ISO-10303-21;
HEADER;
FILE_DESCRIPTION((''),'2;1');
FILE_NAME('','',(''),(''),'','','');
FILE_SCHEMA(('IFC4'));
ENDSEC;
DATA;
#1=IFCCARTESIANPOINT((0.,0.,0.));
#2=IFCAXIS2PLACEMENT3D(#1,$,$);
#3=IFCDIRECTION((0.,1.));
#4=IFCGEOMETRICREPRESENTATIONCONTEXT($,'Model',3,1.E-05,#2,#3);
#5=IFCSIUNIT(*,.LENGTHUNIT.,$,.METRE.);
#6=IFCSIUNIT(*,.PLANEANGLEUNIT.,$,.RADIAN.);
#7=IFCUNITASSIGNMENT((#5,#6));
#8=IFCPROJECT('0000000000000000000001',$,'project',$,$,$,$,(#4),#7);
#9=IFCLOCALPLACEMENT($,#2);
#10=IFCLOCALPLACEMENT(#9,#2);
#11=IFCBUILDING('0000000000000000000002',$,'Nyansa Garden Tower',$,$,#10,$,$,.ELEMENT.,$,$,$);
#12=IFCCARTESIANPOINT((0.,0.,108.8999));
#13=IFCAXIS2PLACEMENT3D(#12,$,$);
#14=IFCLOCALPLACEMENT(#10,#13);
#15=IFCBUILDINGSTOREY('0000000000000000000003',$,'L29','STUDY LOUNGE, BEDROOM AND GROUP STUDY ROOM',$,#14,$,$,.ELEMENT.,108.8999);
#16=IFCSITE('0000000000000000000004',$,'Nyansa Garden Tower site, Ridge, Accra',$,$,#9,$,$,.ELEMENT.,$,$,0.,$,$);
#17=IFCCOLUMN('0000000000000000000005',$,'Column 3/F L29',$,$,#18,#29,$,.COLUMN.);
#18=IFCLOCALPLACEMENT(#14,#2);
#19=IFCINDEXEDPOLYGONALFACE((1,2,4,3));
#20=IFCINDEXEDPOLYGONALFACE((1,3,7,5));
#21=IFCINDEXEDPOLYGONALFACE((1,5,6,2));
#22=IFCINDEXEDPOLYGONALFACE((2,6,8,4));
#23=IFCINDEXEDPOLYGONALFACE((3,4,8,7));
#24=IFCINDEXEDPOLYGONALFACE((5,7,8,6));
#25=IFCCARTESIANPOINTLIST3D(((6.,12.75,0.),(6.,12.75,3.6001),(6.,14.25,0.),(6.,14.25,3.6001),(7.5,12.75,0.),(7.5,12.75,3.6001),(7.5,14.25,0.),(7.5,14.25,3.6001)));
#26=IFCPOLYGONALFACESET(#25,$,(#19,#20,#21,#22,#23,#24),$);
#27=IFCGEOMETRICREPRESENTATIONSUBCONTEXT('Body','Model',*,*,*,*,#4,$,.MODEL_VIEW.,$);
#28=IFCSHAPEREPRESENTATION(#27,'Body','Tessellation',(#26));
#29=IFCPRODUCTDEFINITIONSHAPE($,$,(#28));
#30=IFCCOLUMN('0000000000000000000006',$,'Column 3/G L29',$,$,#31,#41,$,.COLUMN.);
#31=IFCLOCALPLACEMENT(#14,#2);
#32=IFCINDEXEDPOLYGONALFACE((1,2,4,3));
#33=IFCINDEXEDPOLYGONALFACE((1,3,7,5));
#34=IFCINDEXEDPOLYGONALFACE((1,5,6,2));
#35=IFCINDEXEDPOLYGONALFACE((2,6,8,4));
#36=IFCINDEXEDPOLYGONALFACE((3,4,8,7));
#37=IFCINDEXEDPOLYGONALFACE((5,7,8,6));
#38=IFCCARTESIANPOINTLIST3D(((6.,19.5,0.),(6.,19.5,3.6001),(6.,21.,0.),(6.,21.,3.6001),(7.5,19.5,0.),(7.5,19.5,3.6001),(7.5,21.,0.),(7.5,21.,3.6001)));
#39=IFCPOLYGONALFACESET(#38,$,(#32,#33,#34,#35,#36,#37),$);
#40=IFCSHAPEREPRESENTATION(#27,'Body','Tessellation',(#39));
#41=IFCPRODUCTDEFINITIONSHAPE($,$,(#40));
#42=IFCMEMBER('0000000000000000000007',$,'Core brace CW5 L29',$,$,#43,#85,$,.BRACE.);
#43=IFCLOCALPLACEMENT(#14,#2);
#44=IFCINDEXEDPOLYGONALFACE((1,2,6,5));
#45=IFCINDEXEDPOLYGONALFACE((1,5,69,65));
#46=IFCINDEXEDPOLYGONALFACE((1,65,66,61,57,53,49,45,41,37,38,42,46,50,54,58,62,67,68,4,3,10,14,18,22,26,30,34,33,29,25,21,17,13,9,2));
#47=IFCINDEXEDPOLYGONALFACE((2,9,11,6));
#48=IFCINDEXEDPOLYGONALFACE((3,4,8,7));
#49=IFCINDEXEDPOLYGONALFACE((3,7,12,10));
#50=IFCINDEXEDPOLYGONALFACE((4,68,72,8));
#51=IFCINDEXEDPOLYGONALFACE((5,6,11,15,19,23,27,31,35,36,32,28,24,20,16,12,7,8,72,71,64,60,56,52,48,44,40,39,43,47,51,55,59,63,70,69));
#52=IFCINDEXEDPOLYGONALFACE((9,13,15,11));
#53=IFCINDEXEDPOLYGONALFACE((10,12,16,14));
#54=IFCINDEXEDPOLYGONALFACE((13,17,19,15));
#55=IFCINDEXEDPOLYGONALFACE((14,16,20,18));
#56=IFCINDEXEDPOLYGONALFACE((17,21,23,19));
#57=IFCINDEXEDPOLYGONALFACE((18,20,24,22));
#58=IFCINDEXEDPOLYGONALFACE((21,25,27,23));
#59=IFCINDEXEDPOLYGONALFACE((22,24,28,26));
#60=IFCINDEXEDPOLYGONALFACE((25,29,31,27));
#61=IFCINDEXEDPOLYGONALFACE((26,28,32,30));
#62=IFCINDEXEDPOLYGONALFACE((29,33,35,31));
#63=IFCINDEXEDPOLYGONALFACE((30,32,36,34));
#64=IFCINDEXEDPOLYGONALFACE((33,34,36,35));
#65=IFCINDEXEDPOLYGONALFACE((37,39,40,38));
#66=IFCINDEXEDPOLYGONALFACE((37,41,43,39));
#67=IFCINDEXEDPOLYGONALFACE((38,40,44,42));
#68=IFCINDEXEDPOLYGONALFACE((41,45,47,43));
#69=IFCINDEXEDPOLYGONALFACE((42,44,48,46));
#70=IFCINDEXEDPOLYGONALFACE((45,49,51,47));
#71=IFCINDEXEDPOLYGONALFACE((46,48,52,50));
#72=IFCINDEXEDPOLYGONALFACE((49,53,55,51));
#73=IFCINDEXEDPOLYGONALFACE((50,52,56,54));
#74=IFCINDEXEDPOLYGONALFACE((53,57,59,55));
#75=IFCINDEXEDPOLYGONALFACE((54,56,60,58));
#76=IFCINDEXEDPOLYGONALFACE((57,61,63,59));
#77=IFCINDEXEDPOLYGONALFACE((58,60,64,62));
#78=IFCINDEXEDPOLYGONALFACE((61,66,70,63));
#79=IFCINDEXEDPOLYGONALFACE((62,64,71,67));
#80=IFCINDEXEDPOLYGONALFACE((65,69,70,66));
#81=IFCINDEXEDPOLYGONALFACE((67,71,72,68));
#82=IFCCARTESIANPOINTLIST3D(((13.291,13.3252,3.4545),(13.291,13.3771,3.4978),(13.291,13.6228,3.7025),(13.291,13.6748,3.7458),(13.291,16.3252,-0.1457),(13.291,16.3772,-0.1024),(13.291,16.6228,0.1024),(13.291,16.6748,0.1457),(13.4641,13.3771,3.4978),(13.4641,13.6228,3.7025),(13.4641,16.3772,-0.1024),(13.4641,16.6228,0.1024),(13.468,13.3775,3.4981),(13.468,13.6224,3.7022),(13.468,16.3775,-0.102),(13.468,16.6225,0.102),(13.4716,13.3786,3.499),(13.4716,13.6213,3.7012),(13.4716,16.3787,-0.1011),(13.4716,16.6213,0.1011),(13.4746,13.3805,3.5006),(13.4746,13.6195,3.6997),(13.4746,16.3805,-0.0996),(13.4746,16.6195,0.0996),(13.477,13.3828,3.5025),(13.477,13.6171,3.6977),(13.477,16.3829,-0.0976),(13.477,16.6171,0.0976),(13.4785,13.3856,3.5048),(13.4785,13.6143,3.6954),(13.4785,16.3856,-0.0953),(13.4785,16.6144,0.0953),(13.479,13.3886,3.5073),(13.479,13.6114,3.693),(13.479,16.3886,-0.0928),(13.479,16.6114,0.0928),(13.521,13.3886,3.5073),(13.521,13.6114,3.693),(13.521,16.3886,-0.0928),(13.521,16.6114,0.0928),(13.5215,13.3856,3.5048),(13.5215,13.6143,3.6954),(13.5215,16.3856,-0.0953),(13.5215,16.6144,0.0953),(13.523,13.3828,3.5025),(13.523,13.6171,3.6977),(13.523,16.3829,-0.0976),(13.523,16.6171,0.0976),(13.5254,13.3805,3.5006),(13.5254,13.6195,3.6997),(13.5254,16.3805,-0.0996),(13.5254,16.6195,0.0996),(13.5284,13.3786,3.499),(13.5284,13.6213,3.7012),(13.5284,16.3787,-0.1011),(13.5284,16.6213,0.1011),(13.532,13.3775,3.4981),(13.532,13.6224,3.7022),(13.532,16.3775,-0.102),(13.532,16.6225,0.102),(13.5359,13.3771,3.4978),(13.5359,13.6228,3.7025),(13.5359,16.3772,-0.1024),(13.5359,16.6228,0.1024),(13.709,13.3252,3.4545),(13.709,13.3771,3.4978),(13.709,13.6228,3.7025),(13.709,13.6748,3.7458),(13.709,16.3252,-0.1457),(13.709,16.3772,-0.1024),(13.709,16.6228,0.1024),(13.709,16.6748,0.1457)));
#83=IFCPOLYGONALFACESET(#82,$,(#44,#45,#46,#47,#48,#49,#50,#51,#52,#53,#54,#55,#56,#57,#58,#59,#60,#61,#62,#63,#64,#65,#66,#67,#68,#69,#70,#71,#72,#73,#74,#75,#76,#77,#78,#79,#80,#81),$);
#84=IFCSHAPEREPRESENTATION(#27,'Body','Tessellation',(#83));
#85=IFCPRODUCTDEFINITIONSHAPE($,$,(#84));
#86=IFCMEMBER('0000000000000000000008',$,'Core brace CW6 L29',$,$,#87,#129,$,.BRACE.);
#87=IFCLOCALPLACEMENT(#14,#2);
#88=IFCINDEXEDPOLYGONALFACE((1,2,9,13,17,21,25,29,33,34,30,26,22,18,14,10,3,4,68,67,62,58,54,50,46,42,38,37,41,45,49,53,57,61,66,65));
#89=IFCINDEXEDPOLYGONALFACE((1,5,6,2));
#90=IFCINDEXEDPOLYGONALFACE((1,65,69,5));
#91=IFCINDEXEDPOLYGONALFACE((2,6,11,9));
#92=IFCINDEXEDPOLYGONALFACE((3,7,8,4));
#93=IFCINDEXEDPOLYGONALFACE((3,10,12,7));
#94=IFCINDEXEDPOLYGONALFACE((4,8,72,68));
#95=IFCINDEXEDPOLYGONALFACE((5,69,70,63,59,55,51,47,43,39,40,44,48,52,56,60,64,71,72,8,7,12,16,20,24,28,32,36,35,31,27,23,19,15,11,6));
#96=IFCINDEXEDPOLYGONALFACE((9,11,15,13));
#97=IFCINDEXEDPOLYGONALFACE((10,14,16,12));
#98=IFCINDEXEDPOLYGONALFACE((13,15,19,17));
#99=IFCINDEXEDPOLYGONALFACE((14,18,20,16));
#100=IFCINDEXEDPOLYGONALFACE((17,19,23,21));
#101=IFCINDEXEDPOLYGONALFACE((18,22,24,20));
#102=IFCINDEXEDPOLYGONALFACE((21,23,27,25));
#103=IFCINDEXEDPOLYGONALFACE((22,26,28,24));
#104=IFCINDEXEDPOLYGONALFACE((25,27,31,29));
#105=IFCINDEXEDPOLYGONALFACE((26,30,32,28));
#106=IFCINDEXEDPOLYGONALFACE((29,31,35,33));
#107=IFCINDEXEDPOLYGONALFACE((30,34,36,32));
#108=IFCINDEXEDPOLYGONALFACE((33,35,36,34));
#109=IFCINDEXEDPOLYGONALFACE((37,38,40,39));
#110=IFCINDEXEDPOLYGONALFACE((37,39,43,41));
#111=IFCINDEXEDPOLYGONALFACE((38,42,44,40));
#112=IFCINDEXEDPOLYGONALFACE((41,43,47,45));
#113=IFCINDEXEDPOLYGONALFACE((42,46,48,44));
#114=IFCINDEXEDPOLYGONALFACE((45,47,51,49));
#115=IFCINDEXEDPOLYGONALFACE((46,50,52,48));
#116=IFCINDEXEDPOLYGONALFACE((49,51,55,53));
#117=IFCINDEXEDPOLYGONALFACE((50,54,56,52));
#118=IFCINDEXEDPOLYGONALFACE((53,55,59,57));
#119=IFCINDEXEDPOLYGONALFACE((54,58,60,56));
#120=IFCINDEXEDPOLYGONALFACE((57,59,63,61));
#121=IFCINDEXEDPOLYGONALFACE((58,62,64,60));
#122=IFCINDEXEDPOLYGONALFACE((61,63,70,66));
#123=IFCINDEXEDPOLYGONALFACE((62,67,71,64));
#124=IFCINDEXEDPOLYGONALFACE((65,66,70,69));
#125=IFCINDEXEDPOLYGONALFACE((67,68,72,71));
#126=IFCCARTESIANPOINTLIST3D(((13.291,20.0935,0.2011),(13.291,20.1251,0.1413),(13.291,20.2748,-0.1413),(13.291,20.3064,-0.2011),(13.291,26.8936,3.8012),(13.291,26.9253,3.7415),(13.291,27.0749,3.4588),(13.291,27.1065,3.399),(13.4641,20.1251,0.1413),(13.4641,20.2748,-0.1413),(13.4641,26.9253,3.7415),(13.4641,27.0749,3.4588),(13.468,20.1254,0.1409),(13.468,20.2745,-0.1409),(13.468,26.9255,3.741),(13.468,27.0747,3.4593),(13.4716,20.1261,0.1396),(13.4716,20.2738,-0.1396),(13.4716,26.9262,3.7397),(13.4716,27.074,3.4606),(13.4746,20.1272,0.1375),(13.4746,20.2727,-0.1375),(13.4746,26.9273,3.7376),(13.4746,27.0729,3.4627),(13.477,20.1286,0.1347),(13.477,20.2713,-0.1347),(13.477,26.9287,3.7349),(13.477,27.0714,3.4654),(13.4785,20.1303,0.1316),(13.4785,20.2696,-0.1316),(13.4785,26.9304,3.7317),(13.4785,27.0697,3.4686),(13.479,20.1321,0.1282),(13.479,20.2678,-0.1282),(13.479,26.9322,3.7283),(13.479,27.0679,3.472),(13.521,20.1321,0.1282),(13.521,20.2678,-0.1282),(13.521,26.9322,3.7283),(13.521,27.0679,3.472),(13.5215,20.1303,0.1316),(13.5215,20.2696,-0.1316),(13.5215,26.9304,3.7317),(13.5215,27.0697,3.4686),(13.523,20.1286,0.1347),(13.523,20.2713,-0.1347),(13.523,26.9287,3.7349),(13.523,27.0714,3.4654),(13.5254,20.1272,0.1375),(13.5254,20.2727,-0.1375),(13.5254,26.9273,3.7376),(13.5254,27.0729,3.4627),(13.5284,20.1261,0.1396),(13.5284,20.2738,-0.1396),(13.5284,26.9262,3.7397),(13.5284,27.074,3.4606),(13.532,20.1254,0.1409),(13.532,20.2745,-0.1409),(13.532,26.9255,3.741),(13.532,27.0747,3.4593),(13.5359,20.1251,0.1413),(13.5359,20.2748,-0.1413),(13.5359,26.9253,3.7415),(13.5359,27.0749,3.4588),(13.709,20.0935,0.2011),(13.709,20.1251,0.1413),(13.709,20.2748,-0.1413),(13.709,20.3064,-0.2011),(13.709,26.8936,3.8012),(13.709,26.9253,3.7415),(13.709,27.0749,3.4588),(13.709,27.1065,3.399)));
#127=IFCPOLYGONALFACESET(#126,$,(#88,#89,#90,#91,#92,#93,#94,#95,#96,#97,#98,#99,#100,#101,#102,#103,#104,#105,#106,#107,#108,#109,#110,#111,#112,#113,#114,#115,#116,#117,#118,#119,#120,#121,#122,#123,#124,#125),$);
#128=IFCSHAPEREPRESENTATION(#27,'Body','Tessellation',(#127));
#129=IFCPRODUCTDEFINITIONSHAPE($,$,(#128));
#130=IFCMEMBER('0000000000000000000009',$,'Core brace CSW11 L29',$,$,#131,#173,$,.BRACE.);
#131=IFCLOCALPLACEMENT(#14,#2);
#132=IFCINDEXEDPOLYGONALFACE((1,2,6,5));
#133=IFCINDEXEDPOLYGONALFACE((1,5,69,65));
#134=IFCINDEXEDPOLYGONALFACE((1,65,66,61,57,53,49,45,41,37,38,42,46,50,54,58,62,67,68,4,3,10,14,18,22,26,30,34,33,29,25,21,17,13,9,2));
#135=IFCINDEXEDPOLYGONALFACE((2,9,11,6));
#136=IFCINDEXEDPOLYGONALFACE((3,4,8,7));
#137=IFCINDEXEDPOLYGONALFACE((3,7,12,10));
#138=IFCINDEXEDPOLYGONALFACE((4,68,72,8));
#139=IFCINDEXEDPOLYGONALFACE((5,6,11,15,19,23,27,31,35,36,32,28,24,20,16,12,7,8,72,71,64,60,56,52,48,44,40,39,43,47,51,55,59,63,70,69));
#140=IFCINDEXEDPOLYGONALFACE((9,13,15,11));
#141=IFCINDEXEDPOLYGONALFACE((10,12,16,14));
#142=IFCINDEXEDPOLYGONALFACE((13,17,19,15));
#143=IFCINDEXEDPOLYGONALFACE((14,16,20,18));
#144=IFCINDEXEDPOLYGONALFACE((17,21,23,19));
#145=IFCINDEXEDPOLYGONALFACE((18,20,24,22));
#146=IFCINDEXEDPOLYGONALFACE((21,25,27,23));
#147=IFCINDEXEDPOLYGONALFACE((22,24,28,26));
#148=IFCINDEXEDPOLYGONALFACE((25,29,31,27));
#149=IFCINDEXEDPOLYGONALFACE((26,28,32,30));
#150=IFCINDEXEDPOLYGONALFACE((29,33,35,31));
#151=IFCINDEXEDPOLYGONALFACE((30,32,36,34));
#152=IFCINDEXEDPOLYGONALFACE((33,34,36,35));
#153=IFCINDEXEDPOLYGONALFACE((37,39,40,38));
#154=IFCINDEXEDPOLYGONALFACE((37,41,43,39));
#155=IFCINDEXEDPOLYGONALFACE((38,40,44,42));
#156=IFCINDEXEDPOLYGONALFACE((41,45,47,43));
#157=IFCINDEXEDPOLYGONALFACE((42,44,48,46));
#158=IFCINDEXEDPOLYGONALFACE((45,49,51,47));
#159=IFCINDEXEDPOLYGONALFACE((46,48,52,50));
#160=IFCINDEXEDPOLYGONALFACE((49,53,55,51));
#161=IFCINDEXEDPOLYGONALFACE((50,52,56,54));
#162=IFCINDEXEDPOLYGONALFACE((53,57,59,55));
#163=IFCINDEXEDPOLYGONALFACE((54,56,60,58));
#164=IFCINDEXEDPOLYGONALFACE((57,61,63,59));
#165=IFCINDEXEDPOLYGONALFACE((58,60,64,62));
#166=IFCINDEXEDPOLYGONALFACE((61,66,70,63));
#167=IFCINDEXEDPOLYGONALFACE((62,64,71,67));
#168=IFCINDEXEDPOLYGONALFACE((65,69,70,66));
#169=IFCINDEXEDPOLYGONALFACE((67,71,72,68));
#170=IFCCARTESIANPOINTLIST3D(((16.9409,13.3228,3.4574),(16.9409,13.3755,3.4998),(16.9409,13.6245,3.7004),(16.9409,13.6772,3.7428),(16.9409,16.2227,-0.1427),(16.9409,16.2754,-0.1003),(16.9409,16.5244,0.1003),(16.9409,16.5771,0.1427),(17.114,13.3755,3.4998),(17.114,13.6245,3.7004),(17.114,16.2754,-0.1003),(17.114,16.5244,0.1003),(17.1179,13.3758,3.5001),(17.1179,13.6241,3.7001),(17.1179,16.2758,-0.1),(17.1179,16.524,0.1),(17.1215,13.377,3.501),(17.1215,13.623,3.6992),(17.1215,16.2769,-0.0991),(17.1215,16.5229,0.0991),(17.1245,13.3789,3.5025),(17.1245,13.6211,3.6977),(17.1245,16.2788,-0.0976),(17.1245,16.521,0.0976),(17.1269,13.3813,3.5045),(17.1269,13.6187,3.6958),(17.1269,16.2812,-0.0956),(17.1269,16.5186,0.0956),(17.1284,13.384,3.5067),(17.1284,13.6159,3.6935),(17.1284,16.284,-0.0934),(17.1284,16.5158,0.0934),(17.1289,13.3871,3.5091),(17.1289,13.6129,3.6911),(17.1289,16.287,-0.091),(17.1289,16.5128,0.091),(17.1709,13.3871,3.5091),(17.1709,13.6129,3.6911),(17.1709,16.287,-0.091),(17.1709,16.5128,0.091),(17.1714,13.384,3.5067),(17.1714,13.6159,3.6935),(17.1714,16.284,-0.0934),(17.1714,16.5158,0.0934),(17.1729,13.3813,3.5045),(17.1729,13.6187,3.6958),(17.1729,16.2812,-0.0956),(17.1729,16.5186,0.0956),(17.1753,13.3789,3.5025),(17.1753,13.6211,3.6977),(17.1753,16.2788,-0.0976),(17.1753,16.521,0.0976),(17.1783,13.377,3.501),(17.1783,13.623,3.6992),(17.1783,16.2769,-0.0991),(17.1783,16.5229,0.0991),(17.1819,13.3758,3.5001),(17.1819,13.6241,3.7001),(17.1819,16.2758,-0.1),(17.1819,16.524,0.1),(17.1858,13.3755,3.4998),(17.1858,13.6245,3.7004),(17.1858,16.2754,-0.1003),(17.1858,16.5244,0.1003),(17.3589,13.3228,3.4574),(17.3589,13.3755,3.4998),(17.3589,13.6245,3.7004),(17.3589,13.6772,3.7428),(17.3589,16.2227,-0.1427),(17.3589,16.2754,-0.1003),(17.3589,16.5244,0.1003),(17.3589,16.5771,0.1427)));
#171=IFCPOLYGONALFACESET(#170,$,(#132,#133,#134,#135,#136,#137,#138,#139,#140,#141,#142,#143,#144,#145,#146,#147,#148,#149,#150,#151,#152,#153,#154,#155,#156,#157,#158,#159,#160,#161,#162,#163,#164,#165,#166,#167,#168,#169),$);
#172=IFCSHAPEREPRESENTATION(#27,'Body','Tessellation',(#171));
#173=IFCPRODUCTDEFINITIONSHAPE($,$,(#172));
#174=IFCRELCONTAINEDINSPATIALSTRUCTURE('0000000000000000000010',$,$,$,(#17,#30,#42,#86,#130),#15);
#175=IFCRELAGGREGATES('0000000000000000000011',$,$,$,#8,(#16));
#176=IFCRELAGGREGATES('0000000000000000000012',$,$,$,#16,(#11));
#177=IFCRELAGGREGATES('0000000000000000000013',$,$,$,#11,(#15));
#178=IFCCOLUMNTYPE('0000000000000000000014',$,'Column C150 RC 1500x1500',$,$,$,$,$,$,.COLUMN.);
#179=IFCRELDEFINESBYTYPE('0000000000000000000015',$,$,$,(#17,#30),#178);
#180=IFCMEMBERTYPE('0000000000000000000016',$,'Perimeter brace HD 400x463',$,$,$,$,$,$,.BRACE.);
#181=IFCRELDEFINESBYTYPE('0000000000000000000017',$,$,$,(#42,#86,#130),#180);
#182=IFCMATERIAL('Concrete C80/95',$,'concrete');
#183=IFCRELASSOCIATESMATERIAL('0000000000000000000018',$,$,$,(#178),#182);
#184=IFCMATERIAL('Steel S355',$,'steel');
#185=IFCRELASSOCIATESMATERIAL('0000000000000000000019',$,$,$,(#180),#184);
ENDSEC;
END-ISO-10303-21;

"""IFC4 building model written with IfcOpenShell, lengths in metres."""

from ifc_helpers import new_model, si_unit, direction, frame, origin, origin_2d, place, context, subcontext, project, spatial, rectangle, i_section, extrude, material, material_profile, profile_set, type_object, element, save


model = new_model("IFC4")

# Units and contexts
model_context = context("Model", 3, precision=1e-05, world=origin(), true_north=direction((0.0, 1.0)))
body_context = subcontext(model_context, "Body", "Model", "MODEL_VIEW")
ifc_project = project(units=[si_unit("LENGTHUNIT", "METRE"), si_unit("PLANEANGLEUNIT", "RADIAN")], contexts=[model_context])

# Site, building, storey
site_placement = place(None, origin())
site = spatial("IfcSite", under=ifc_project, at=site_placement, Name="Nyansa Garden Tower site, Ridge, Accra", CompositionType="ELEMENT", RefElevation=0.0)
building_placement = place(site_placement, origin())
building = spatial("IfcBuilding", under=site, at=building_placement, Name="Nyansa Garden Tower", CompositionType="ELEMENT")
storey_placement = place(building_placement, frame((0.0, 0.0, 108.8999)))
storey = spatial("IfcBuildingStorey", under=building, at=storey_placement, Name="L29", Description="STUDY LOUNGE, BEDROOM AND GROUP STUDY ROOM", CompositionType="ELEMENT", Elevation=108.8999)

# Columns
ifc_material_1 = material(Name="Concrete C80/95", Category="concrete")
ifc_material_profile_1 = material_profile(ifc_material_1, rectangle(XDim=1.5, YDim=1.5, at=origin_2d()), Name="RC 1500x1500")
ifc_profile_set_1 = profile_set([ifc_material_profile_1], Name="Concrete C80/95")
column_type = type_object("IfcColumnType", Name="Column C150 RC 1500x1500", PredefinedType="COLUMN", material=ifc_profile_set_1)
for number, where, z_axis, x_axis, name in (
    (1, (6.75, 13.5, 0.0), (0.0, 0.0, 1.0), (1.0, 0.0, 0.0), "Column 3/F L29"),
    (2, (6.75, 20.25, 0.0), (0.0, 0.0, 1.0), (1.0, 0.0, 0.0), "Column 3/G L29"),
):
    element("IfcColumn", number, at=place(storey_placement, frame(where, z_axis=z_axis, x_axis=x_axis)), inside=storey, type_object=column_type, Name=name, PredefinedType="COLUMN", context=body_context, shape_type="SweptSolid", body=[
        extrude(rectangle(XDim=1.5, YDim=1.5, at=origin_2d()), origin(), (0.0, 0.0, 1.0), 3.6001),
    ])

# Members
ifc_material_2 = material(Name="Steel S355", Category="steel")
ifc_material_profile_2 = material_profile(ifc_material_2, i_section(OverallWidth=0.418, OverallDepth=0.4551, WebThickness=0.042, FlangeThickness=0.0676, FilletRadius=0.0149, at=origin_2d()), Name="HD 400x463")
ifc_profile_set_2 = profile_set([ifc_material_profile_2], Name="Steel S355")
member_type = type_object("IfcMemberType", Name="Perimeter brace HD 400x463", PredefinedType="BRACE", material=ifc_profile_set_2)
member_1_placement = place(storey_placement, frame((13.5, 16.5, 0.0), z_axis=(0.0, -0.640174, 0.76823), x_axis=(1.0, 0.0, 0.0)))
element("IfcMember", 3, at=member_1_placement, inside=storey, type_object=member_type, Name="Core brace CW5 L29", PredefinedType="BRACE", context=body_context, shape_type="SweptSolid", body=[
    extrude(i_section(OverallWidth=0.418, OverallDepth=0.4551, WebThickness=0.042, FlangeThickness=0.0676, FilletRadius=0.0149, at=origin_2d()), origin(), (0.0, 0.0, 1.0), 4.6863),
])
member_2_placement = place(storey_placement, frame((13.5, 20.2, 0.0), z_axis=(0.0, 0.883784, 0.467895), x_axis=(-1.0, 0.0, 0.0)))
element("IfcMember", 4, at=member_2_placement, inside=storey, type_object=member_type, Name="Core brace CW6 L29", PredefinedType="BRACE", context=body_context, shape_type="SweptSolid", body=[
    extrude(i_section(OverallWidth=0.418, OverallDepth=0.4551, WebThickness=0.042, FlangeThickness=0.0676, FilletRadius=0.0149, at=origin_2d()), origin(), (0.0, 0.0, 1.0), 7.6943),
])
member_3_placement = place(storey_placement, frame((17.1499, 16.3999, 0.0), z_axis=(0.0, -0.627306, 0.778773), x_axis=(1.0, 0.0, 0.0)))
element("IfcMember", 5, at=member_3_placement, inside=storey, type_object=member_type, Name="Core brace CSW11 L29", PredefinedType="BRACE", context=body_context, shape_type="SweptSolid", body=[
    extrude(i_section(OverallWidth=0.418, OverallDepth=0.4551, WebThickness=0.042, FlangeThickness=0.0676, FilletRadius=0.0149, at=origin_2d()), origin(), (0.0, 0.0, 1.0), 4.6228),
])

save(model, "model.ifc")
